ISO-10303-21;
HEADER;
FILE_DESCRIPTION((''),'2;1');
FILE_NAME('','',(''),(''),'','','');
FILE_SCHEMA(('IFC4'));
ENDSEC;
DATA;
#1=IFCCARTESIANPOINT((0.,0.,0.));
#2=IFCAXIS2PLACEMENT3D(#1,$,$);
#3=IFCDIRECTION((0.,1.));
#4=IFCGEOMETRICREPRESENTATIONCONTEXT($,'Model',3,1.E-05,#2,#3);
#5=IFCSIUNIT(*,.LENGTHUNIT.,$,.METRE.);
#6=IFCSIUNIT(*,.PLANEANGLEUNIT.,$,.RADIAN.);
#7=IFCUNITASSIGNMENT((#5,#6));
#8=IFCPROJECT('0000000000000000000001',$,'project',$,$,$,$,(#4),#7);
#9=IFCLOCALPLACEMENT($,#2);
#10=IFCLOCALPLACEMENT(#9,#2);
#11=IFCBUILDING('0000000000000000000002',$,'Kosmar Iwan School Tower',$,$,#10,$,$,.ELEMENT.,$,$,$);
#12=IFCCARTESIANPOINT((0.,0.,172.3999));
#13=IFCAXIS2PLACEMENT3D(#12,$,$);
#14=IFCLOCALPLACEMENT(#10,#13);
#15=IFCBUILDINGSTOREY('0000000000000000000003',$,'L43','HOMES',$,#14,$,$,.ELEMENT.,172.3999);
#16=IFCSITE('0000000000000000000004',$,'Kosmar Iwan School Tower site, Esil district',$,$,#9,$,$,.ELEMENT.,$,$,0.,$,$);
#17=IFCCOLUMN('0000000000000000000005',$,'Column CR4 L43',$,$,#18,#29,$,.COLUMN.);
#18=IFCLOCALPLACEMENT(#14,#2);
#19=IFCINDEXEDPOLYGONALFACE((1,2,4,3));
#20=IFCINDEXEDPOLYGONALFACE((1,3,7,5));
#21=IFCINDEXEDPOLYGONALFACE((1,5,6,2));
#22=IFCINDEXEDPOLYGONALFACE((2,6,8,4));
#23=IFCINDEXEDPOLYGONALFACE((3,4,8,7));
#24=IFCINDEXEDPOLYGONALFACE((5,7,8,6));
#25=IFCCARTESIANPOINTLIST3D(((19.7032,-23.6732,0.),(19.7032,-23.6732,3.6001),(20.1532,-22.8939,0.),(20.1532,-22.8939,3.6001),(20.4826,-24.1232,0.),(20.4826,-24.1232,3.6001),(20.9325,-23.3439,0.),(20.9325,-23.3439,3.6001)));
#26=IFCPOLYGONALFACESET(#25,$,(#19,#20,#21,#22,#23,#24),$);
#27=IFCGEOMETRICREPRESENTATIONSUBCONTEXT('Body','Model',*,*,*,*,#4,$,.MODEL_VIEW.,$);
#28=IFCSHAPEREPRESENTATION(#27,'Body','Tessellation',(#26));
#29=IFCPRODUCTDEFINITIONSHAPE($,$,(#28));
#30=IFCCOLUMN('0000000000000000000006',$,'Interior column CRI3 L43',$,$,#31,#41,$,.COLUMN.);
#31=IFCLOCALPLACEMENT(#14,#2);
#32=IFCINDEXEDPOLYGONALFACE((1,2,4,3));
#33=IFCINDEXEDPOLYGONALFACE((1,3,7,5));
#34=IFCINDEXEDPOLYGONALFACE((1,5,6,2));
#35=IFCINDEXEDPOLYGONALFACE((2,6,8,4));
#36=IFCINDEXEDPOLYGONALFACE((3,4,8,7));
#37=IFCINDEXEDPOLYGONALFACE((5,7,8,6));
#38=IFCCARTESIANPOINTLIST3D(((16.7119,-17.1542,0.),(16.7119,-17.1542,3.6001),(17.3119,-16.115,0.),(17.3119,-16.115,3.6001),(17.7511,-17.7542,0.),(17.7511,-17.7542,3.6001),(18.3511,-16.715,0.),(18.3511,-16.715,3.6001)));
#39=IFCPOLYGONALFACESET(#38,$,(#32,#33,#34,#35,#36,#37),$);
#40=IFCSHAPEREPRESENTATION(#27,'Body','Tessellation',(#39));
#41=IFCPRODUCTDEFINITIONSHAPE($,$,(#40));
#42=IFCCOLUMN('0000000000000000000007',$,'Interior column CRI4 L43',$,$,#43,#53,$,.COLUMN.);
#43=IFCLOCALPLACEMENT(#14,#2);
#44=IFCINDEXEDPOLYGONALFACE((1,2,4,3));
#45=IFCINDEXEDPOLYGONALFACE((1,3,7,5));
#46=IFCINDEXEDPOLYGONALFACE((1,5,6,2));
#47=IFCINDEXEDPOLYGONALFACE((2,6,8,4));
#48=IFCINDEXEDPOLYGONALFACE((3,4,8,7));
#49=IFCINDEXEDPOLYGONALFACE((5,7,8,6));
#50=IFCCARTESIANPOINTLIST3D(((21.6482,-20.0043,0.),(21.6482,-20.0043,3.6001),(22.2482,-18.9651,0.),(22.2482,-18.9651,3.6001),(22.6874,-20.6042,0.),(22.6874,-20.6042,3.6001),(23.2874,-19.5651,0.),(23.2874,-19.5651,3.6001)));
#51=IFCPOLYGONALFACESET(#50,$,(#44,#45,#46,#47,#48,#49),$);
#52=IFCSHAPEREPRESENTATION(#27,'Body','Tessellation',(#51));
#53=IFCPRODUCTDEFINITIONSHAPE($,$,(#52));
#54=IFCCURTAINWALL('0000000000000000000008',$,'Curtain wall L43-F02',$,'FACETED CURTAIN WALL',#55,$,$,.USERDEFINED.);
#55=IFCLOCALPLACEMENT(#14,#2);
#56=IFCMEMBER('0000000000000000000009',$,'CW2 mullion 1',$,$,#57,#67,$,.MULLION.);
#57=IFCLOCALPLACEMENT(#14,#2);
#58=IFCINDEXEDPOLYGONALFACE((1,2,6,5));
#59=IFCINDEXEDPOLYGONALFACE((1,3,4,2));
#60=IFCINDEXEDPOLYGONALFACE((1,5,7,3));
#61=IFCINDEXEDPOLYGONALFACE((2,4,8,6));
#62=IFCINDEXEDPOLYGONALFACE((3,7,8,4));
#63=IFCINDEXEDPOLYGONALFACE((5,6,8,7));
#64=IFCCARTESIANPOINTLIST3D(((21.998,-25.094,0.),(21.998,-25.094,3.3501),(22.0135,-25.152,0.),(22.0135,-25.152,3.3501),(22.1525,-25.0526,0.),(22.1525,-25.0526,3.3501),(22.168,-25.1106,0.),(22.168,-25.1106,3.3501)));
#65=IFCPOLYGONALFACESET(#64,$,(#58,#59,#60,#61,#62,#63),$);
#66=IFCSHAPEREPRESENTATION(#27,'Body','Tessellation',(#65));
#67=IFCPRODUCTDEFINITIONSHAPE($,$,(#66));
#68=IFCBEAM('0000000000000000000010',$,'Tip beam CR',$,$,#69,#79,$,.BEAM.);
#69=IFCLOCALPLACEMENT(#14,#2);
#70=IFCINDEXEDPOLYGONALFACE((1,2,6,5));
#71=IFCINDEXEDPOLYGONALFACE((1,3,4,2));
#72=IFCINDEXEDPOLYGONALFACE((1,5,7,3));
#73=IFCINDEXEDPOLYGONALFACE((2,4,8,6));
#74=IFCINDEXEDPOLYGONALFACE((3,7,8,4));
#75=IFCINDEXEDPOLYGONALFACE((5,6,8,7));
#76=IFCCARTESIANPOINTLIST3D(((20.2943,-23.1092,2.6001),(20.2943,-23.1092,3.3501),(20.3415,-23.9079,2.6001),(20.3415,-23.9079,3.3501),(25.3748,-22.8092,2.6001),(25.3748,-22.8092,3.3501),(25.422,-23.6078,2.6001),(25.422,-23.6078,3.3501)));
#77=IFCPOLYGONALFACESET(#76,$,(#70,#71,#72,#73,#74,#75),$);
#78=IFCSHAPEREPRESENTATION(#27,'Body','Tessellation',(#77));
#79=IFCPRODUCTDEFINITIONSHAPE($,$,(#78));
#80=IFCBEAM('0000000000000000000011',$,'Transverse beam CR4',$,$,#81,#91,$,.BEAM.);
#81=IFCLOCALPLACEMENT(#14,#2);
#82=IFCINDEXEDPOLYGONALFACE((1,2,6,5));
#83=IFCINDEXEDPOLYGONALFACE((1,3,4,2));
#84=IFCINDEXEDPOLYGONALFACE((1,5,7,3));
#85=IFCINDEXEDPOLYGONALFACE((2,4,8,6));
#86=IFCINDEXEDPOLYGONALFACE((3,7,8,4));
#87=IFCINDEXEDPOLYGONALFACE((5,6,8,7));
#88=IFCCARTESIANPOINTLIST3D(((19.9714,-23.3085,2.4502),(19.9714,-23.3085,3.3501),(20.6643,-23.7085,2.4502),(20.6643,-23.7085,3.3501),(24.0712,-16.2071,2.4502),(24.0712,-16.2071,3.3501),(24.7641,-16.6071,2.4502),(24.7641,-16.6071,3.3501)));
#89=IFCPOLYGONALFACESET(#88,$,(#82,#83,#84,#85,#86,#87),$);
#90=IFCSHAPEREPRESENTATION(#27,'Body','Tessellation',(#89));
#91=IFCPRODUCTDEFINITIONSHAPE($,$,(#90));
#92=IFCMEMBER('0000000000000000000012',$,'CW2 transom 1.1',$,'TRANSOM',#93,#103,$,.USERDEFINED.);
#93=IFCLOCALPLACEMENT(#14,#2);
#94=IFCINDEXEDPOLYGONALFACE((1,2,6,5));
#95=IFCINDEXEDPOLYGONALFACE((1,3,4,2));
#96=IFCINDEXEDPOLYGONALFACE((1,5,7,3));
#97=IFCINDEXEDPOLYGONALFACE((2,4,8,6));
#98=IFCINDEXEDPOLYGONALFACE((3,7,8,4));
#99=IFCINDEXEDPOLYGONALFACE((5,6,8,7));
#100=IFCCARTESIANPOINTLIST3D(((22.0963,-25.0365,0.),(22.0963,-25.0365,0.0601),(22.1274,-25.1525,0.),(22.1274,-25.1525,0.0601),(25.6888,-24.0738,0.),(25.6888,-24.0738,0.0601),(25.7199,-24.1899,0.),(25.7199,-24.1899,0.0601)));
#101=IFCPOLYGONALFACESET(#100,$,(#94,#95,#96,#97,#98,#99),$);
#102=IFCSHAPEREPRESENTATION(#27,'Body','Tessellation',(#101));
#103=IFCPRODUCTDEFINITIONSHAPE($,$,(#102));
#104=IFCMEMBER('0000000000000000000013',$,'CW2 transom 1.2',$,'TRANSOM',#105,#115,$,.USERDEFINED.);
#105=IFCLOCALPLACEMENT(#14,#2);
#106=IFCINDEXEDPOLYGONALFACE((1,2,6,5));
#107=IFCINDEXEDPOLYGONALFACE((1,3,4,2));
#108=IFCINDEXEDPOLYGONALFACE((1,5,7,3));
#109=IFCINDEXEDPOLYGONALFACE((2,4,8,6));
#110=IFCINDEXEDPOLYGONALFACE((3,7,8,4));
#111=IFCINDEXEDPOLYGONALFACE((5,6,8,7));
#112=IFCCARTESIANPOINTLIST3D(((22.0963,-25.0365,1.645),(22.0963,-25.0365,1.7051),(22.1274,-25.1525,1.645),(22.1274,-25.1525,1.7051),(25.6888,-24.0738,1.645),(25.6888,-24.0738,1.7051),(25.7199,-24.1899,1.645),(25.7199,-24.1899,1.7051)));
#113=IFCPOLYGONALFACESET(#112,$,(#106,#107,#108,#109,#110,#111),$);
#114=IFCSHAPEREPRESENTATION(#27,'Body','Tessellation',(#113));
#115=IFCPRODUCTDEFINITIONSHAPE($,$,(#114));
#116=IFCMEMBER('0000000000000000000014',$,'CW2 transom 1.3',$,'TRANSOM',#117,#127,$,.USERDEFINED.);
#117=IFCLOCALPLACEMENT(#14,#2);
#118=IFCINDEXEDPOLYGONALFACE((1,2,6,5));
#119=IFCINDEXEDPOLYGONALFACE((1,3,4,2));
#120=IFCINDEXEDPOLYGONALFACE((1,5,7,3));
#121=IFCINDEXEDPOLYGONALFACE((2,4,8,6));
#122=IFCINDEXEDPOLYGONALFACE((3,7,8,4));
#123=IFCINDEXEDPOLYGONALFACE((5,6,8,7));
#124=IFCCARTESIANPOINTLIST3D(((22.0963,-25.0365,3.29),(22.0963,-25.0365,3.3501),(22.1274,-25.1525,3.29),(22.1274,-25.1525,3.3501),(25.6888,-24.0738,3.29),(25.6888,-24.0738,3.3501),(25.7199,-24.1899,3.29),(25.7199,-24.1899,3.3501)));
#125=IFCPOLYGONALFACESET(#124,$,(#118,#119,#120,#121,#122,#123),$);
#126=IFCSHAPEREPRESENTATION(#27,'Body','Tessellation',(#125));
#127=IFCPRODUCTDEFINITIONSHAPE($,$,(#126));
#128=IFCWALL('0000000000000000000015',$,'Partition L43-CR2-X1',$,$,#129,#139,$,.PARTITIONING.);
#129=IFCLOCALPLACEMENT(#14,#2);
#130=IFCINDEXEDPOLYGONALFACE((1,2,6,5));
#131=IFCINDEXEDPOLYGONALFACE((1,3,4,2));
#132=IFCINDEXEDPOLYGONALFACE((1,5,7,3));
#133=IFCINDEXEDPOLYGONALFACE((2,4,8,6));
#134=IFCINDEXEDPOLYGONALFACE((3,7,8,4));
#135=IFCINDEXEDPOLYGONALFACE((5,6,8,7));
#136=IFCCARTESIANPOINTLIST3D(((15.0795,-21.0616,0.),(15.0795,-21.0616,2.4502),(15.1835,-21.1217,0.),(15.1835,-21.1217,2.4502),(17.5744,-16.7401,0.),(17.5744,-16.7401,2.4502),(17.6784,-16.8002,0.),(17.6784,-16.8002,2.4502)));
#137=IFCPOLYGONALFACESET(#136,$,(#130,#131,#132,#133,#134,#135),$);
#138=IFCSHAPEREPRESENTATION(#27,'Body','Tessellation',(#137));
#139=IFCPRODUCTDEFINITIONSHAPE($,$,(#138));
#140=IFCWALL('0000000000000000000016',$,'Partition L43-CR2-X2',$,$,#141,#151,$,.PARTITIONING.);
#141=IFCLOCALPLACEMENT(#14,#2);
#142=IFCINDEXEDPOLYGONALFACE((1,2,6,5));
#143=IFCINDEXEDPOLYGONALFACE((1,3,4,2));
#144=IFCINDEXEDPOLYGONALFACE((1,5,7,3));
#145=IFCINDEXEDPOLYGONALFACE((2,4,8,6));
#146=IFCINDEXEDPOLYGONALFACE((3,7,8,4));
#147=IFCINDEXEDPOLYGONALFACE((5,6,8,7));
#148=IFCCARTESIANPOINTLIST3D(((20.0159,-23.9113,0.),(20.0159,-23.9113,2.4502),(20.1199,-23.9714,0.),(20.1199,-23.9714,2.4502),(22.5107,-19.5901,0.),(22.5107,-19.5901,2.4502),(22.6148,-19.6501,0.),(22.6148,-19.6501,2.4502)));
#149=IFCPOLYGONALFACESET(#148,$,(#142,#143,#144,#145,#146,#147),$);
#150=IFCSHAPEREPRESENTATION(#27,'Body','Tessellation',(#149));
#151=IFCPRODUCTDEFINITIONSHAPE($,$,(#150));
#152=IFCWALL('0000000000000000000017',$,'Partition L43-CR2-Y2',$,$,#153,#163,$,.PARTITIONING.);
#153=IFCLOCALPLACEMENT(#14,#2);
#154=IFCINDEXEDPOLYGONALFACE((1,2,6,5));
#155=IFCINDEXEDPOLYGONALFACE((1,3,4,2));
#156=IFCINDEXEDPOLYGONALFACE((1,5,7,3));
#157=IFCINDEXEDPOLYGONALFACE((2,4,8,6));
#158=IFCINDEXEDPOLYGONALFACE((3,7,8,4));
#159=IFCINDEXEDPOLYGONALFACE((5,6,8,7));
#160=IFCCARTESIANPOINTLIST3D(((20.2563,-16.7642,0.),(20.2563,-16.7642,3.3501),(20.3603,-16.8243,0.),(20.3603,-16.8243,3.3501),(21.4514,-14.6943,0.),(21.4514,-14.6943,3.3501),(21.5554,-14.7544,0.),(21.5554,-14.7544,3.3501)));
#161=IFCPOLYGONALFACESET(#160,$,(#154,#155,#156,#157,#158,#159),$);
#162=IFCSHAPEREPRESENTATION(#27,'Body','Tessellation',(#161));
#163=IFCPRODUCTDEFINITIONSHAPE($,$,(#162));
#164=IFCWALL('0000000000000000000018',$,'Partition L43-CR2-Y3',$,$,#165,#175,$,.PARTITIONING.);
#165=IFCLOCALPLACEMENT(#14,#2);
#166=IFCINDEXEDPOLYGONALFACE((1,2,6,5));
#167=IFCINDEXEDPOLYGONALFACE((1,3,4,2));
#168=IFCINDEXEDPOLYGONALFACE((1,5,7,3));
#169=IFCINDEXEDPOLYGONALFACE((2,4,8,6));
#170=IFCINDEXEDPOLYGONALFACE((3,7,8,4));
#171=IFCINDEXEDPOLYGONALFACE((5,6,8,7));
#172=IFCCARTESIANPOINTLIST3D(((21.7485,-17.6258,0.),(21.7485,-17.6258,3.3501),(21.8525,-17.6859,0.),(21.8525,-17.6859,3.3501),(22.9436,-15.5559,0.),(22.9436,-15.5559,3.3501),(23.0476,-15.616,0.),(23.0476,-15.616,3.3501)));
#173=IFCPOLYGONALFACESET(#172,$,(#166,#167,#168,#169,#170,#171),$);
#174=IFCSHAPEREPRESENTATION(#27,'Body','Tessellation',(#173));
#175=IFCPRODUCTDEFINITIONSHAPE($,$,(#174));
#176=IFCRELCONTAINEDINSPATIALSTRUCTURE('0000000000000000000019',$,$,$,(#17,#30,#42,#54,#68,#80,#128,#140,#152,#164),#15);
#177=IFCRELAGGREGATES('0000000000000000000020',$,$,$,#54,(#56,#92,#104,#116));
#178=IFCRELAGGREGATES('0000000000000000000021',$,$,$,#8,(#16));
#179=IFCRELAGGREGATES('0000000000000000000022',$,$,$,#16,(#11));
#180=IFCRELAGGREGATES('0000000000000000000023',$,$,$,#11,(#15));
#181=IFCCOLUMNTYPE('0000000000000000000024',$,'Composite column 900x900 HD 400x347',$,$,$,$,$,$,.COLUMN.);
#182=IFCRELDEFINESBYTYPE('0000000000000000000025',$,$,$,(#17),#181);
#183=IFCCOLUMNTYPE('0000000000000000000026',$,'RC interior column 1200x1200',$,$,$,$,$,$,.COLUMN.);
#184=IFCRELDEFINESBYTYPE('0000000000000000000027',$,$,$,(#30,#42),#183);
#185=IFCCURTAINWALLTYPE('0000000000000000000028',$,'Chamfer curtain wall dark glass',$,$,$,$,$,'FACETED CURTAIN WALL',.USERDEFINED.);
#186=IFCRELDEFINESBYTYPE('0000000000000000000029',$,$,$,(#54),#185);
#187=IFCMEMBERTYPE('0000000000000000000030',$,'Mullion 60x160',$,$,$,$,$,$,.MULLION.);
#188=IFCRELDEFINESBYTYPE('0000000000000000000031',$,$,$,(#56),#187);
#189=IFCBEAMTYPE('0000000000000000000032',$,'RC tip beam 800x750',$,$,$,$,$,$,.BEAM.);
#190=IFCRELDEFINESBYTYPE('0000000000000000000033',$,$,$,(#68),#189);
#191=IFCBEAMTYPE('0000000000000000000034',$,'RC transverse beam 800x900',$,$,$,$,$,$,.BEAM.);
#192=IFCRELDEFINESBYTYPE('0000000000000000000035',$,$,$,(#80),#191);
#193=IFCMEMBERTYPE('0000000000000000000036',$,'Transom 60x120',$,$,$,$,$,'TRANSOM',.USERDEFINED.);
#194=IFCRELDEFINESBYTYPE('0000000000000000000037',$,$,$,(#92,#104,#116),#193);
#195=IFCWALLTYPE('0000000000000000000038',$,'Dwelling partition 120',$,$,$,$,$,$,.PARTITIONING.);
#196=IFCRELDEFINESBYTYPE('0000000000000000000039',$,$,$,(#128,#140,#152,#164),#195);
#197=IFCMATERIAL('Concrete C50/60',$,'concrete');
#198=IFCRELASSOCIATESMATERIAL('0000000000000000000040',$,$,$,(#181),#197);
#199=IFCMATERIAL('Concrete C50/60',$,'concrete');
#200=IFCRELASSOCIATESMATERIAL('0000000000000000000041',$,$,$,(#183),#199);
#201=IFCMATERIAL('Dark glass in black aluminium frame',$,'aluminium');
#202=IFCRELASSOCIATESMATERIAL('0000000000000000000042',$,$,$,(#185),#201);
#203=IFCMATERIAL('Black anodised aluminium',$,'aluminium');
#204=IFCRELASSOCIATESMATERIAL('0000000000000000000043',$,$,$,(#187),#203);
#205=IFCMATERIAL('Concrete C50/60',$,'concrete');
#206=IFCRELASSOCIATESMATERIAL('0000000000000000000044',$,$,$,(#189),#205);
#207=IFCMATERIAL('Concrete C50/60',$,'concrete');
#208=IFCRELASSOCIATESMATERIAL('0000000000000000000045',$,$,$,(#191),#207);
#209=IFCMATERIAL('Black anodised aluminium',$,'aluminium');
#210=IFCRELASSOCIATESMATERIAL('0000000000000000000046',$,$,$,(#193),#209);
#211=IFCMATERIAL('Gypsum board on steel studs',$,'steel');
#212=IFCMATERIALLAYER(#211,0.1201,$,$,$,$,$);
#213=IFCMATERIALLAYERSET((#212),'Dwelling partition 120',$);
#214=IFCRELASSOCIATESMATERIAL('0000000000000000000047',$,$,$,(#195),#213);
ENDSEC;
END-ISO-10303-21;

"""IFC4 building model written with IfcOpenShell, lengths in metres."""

from ifc_helpers import new_model, si_unit, direction, frame, frame_2d, origin, origin_2d, place, context, subcontext, project, spatial, rectangle, extrude, material, layer, layer_set, material_profile, profile_set, type_object, element, aggregate, save


model = new_model("IFC4")

# Units and contexts
model_context = context("Model", 3, precision=1e-05, world=origin(), true_north=direction((0.0, 1.0)))
body_context = subcontext(model_context, "Body", "Model", "MODEL_VIEW")
ifc_project = project(units=[si_unit("LENGTHUNIT", "METRE"), si_unit("PLANEANGLEUNIT", "RADIAN")], contexts=[model_context])

# Site, building, storey
site_placement = place(None, origin())
site = spatial("IfcSite", under=ifc_project, at=site_placement, Name="Kosmar Iwan School Tower site, Esil district", CompositionType="ELEMENT", RefElevation=0.0)
building_placement = place(site_placement, origin())
building = spatial("IfcBuilding", under=site, at=building_placement, Name="Kosmar Iwan School Tower", CompositionType="ELEMENT")
storey_placement = place(building_placement, frame((0.0, 0.0, 172.3999)))
storey = spatial("IfcBuildingStorey", under=building, at=storey_placement, Name="L43", Description="HOMES", CompositionType="ELEMENT", Elevation=172.3999)

# Columns
ifc_material_1 = material(Name="Concrete C50/60", Category="concrete")
ifc_material_profile_1 = material_profile(ifc_material_1, rectangle(XDim=0.8999, YDim=0.8999, at=origin_2d()), Name="RC 900x900 + HD 400x347")
ifc_profile_set_1 = profile_set([ifc_material_profile_1], Name="Concrete C50/60")
column_type_1 = type_object("IfcColumnType", Name="Composite column 900x900 HD 400x347", PredefinedType="COLUMN", material=ifc_profile_set_1)
column_placement = place(storey_placement, frame((20.3179, -23.5085, 0.0), z_axis=(0.0, 0.0, 1.0), x_axis=(0.866025, -0.5, 0.0)))
element("IfcColumn", 1, at=column_placement, inside=storey, type_object=column_type_1, Name="Column CR4 L43", PredefinedType="COLUMN", context=body_context, shape_type="SweptSolid", body=[
    extrude(rectangle(XDim=0.8999, YDim=0.8999, at=origin_2d()), origin(), (0.0, 0.0, 1.0), 3.6001),
])
ifc_material_2 = material(Name="Concrete C50/60", Category="concrete")
ifc_material_profile_2 = material_profile(ifc_material_2, rectangle(XDim=1.2, YDim=1.2, at=origin_2d()), Name="RC 1200x1200")
ifc_profile_set_2 = profile_set([ifc_material_profile_2], Name="Concrete C50/60")
column_type_2 = type_object("IfcColumnType", Name="RC interior column 1200x1200", PredefinedType="COLUMN", material=ifc_profile_set_2)
for number, where, z_axis, x_axis, name in (
    (2, (17.5315, -16.9346, 0.0), (0.0, 0.0, 1.0), (0.866025, -0.5, 0.0), "Interior column CRI3 L43"),
    (3, (22.4678, -19.7847, 0.0), (0.0, 0.0, 1.0), (0.866025, -0.5, 0.0), "Interior column CRI4 L43"),
):
    element("IfcColumn", number, at=place(storey_placement, frame(where, z_axis=z_axis, x_axis=x_axis)), inside=storey, type_object=column_type_2, Name=name, PredefinedType="COLUMN", context=body_context, shape_type="SweptSolid", body=[
        extrude(rectangle(XDim=1.2, YDim=1.2, at=origin_2d()), origin(), (0.0, 0.0, 1.0), 3.6001),
    ])

# Curtain wall, member
ifc_material_3 = material(Name="Dark glass in black aluminium frame", Category="aluminium")
curtain_wall_type = type_object("IfcCurtainWallType", Name="Chamfer curtain wall dark glass", ElementType="FACETED CURTAIN WALL", PredefinedType="USERDEFINED", material=ifc_material_3)
curtain_wall_placement = place(storey_placement, origin())
curtain_wall = element("IfcCurtainWall", 4, at=curtain_wall_placement, inside=storey, type_object=curtain_wall_type, Name="Curtain wall L43-F02", ObjectType="FACETED CURTAIN WALL", PredefinedType="USERDEFINED")
ifc_material_4 = material(Name="Black anodised aluminium", Category="aluminium")
ifc_material_profile_3 = material_profile(ifc_material_4, rectangle(XDim=0.0601, YDim=0.1599, at=origin_2d()), Name="MULLION 60x160")
ifc_profile_set_3 = profile_set([ifc_material_profile_3], Name="Black anodised aluminium")
member_type_1 = type_object("IfcMemberType", Name="Mullion 60x160", PredefinedType="MULLION", material=ifc_profile_set_3)
member_1_placement = place(storey_placement, frame((22.083, -25.1023, 0.0), z_axis=(0.0, 0.0, 1.0), x_axis=(-0.258819, 0.965926, 0.0)))
member_1 = element("IfcMember", 5, at=member_1_placement, type_object=member_type_1, Name="CW2 mullion 1", PredefinedType="MULLION", context=body_context, shape_type="SweptSolid", body=[
    extrude(rectangle(XDim=0.0601, YDim=0.1599, at=origin_2d()), origin(), (0.0, 0.0, 1.0), 3.3501),
])

# Beams
ifc_material_5 = material(Name="Concrete C50/60", Category="concrete")
ifc_material_profile_4 = material_profile(ifc_material_5, rectangle(XDim=0.8, YDim=0.75, at=origin_2d()), Name="RC 800x750")
ifc_profile_set_4 = profile_set([ifc_material_profile_4], Name="Concrete C50/60")
beam_type_1 = type_object("IfcBeamType", Name="RC tip beam 800x750", PredefinedType="BEAM", material=ifc_profile_set_4)
beam_1_placement = place(storey_placement, frame((20.3179, -23.5085, 2.9751), z_axis=(0.998261, 0.058955, 0.0), x_axis=(-0.058955, 0.998261, 0.0)))
element("IfcBeam", 6, at=beam_1_placement, inside=storey, type_object=beam_type_1, Name="Tip beam CR", PredefinedType="BEAM", context=body_context, shape_type="SweptSolid", body=[
    extrude(rectangle(XDim=0.8, YDim=0.75, at=origin_2d()), origin(), (0.0, 0.0, 1.0), 5.0894),
])
ifc_material_6 = material(Name="Concrete C50/60", Category="concrete")
ifc_material_profile_5 = material_profile(ifc_material_6, rectangle(XDim=0.8, YDim=0.8999, at=origin_2d()), Name="RC 800x900")
ifc_profile_set_5 = profile_set([ifc_material_profile_5], Name="Concrete C50/60")
beam_type_2 = type_object("IfcBeamType", Name="RC transverse beam 800x900", PredefinedType="BEAM", material=ifc_profile_set_5)
beam_2_placement = place(storey_placement, frame((20.3179, -23.5085, 2.9001), z_axis=(0.499978, 0.866038, 0.0), x_axis=(-0.866038, 0.499978, 0.0)))
element("IfcBeam", 7, at=beam_2_placement, inside=storey, type_object=beam_type_2, Name="Transverse beam CR4", PredefinedType="BEAM", context=body_context, shape_type="SweptSolid", body=[
    extrude(rectangle(XDim=0.8, YDim=0.8999, at=origin_2d()), origin(), (0.0, 0.0, 1.0), 8.2),
])

# Members
ifc_material_7 = material(Name="Black anodised aluminium", Category="aluminium")
ifc_material_profile_6 = material_profile(ifc_material_7, rectangle(XDim=0.1201, YDim=0.0601, at=origin_2d()), Name="TRANSOM 60x120")
ifc_profile_set_6 = profile_set([ifc_material_profile_6], Name="Black anodised aluminium")
member_type_2 = type_object("IfcMemberType", Name="Transom 60x120", ElementType="TRANSOM", PredefinedType="USERDEFINED", material=ifc_profile_set_6)
member_2_placement = place(storey_placement, frame((22.1118, -25.0945, 0.03), z_axis=(0.965924, 0.258827, 0.0), x_axis=(-0.258827, 0.965924, 0.0)))
member_2 = element("IfcMember", 8, at=member_2_placement, type_object=member_type_2, Name="CW2 transom 1.1", ObjectType="TRANSOM", PredefinedType="USERDEFINED", context=body_context, shape_type="SweptSolid", body=[
    extrude(rectangle(XDim=0.1201, YDim=0.0601, at=origin_2d()), origin(), (0.0, 0.0, 1.0), 3.7192),
])
member_3_placement = place(storey_placement, frame((22.1118, -25.0945, 1.675), z_axis=(0.965924, 0.258827, 0.0), x_axis=(-0.258827, 0.965924, 0.0)))
member_3 = element("IfcMember", 9, at=member_3_placement, type_object=member_type_2, Name="CW2 transom 1.2", ObjectType="TRANSOM", PredefinedType="USERDEFINED", context=body_context, shape_type="SweptSolid", body=[
    extrude(rectangle(XDim=0.1201, YDim=0.0601, at=origin_2d()), origin(), (0.0, 0.0, 1.0), 3.7192),
])
member_4_placement = place(storey_placement, frame((22.1118, -25.0945, 3.3201), z_axis=(0.965924, 0.258827, 0.0), x_axis=(-0.258827, 0.965924, 0.0)))
member_4 = element("IfcMember", 10, at=member_4_placement, type_object=member_type_2, Name="CW2 transom 1.3", ObjectType="TRANSOM", PredefinedType="USERDEFINED", context=body_context, shape_type="SweptSolid", body=[
    extrude(rectangle(XDim=0.1201, YDim=0.0601, at=origin_2d()), origin(), (0.0, 0.0, 1.0), 3.7192),
])
aggregate(curtain_wall, [member_1, member_2, member_3, member_4])

# Walls
ifc_material_8 = material(Name="Gypsum board on steel studs", Category="steel")
ifc_layer = layer(ifc_material_8, 0.1201)
ifc_layer_set = layer_set([ifc_layer], Name="Dwelling partition 120")
wall_type = type_object("IfcWallType", Name="Dwelling partition 120", PredefinedType="PARTITIONING", material=ifc_layer_set)
wall_1_placement = place(storey_placement, frame((17.6265, -16.77, 0.0), z_axis=(0.0, 0.0, 1.0), x_axis=(-0.499975, -0.86604, 0.0)))
element("IfcWall", 11, at=wall_1_placement, inside=storey, type_object=wall_type, Name="Partition L43-CR2-X1", PredefinedType="PARTITIONING", context=body_context, shape_type="SweptSolid", body=[
    extrude(rectangle(XDim=4.99, YDim=0.1201, at=frame_2d((2.4951, 0.0))), origin(), (0.0, 0.0, 1.0), 2.4502),
])
wall_2_placement = place(storey_placement, frame((22.5627, -19.6201, 0.0), z_axis=(0.0, 0.0, 1.0), x_axis=(-0.499996, -0.866028, 0.0)))
element("IfcWall", 12, at=wall_2_placement, inside=storey, type_object=wall_type, Name="Partition L43-CR2-X2", PredefinedType="PARTITIONING", context=body_context, shape_type="SweptSolid", body=[
    extrude(rectangle(XDim=4.9897, YDim=0.1201, at=frame_2d((2.4949, 0.0))), origin(), (0.0, 0.0, 1.0), 2.4502),
])
for number, where, z_axis, x_axis, name in (
    (13, (21.5034, -14.7244, 0.0), (0.0, 0.0, 1.0), (-0.500017, -0.866015, 0.0), "Partition L43-CR2-Y2"),
    (14, (22.9956, -15.5859, 0.0), (0.0, 0.0, 1.0), (-0.500017, -0.866015, 0.0), "Partition L43-CR2-Y3"),
):
    element("IfcWall", number, at=place(storey_placement, frame(where, z_axis=z_axis, x_axis=x_axis)), inside=storey, type_object=wall_type, Name=name, PredefinedType="PARTITIONING", context=body_context, shape_type="SweptSolid", body=[
        extrude(rectangle(XDim=2.3901, YDim=0.1201, at=frame_2d((1.1951, 0.0))), origin(), (0.0, 0.0, 1.0), 3.3501),
    ])

save(model, "model.ifc")
